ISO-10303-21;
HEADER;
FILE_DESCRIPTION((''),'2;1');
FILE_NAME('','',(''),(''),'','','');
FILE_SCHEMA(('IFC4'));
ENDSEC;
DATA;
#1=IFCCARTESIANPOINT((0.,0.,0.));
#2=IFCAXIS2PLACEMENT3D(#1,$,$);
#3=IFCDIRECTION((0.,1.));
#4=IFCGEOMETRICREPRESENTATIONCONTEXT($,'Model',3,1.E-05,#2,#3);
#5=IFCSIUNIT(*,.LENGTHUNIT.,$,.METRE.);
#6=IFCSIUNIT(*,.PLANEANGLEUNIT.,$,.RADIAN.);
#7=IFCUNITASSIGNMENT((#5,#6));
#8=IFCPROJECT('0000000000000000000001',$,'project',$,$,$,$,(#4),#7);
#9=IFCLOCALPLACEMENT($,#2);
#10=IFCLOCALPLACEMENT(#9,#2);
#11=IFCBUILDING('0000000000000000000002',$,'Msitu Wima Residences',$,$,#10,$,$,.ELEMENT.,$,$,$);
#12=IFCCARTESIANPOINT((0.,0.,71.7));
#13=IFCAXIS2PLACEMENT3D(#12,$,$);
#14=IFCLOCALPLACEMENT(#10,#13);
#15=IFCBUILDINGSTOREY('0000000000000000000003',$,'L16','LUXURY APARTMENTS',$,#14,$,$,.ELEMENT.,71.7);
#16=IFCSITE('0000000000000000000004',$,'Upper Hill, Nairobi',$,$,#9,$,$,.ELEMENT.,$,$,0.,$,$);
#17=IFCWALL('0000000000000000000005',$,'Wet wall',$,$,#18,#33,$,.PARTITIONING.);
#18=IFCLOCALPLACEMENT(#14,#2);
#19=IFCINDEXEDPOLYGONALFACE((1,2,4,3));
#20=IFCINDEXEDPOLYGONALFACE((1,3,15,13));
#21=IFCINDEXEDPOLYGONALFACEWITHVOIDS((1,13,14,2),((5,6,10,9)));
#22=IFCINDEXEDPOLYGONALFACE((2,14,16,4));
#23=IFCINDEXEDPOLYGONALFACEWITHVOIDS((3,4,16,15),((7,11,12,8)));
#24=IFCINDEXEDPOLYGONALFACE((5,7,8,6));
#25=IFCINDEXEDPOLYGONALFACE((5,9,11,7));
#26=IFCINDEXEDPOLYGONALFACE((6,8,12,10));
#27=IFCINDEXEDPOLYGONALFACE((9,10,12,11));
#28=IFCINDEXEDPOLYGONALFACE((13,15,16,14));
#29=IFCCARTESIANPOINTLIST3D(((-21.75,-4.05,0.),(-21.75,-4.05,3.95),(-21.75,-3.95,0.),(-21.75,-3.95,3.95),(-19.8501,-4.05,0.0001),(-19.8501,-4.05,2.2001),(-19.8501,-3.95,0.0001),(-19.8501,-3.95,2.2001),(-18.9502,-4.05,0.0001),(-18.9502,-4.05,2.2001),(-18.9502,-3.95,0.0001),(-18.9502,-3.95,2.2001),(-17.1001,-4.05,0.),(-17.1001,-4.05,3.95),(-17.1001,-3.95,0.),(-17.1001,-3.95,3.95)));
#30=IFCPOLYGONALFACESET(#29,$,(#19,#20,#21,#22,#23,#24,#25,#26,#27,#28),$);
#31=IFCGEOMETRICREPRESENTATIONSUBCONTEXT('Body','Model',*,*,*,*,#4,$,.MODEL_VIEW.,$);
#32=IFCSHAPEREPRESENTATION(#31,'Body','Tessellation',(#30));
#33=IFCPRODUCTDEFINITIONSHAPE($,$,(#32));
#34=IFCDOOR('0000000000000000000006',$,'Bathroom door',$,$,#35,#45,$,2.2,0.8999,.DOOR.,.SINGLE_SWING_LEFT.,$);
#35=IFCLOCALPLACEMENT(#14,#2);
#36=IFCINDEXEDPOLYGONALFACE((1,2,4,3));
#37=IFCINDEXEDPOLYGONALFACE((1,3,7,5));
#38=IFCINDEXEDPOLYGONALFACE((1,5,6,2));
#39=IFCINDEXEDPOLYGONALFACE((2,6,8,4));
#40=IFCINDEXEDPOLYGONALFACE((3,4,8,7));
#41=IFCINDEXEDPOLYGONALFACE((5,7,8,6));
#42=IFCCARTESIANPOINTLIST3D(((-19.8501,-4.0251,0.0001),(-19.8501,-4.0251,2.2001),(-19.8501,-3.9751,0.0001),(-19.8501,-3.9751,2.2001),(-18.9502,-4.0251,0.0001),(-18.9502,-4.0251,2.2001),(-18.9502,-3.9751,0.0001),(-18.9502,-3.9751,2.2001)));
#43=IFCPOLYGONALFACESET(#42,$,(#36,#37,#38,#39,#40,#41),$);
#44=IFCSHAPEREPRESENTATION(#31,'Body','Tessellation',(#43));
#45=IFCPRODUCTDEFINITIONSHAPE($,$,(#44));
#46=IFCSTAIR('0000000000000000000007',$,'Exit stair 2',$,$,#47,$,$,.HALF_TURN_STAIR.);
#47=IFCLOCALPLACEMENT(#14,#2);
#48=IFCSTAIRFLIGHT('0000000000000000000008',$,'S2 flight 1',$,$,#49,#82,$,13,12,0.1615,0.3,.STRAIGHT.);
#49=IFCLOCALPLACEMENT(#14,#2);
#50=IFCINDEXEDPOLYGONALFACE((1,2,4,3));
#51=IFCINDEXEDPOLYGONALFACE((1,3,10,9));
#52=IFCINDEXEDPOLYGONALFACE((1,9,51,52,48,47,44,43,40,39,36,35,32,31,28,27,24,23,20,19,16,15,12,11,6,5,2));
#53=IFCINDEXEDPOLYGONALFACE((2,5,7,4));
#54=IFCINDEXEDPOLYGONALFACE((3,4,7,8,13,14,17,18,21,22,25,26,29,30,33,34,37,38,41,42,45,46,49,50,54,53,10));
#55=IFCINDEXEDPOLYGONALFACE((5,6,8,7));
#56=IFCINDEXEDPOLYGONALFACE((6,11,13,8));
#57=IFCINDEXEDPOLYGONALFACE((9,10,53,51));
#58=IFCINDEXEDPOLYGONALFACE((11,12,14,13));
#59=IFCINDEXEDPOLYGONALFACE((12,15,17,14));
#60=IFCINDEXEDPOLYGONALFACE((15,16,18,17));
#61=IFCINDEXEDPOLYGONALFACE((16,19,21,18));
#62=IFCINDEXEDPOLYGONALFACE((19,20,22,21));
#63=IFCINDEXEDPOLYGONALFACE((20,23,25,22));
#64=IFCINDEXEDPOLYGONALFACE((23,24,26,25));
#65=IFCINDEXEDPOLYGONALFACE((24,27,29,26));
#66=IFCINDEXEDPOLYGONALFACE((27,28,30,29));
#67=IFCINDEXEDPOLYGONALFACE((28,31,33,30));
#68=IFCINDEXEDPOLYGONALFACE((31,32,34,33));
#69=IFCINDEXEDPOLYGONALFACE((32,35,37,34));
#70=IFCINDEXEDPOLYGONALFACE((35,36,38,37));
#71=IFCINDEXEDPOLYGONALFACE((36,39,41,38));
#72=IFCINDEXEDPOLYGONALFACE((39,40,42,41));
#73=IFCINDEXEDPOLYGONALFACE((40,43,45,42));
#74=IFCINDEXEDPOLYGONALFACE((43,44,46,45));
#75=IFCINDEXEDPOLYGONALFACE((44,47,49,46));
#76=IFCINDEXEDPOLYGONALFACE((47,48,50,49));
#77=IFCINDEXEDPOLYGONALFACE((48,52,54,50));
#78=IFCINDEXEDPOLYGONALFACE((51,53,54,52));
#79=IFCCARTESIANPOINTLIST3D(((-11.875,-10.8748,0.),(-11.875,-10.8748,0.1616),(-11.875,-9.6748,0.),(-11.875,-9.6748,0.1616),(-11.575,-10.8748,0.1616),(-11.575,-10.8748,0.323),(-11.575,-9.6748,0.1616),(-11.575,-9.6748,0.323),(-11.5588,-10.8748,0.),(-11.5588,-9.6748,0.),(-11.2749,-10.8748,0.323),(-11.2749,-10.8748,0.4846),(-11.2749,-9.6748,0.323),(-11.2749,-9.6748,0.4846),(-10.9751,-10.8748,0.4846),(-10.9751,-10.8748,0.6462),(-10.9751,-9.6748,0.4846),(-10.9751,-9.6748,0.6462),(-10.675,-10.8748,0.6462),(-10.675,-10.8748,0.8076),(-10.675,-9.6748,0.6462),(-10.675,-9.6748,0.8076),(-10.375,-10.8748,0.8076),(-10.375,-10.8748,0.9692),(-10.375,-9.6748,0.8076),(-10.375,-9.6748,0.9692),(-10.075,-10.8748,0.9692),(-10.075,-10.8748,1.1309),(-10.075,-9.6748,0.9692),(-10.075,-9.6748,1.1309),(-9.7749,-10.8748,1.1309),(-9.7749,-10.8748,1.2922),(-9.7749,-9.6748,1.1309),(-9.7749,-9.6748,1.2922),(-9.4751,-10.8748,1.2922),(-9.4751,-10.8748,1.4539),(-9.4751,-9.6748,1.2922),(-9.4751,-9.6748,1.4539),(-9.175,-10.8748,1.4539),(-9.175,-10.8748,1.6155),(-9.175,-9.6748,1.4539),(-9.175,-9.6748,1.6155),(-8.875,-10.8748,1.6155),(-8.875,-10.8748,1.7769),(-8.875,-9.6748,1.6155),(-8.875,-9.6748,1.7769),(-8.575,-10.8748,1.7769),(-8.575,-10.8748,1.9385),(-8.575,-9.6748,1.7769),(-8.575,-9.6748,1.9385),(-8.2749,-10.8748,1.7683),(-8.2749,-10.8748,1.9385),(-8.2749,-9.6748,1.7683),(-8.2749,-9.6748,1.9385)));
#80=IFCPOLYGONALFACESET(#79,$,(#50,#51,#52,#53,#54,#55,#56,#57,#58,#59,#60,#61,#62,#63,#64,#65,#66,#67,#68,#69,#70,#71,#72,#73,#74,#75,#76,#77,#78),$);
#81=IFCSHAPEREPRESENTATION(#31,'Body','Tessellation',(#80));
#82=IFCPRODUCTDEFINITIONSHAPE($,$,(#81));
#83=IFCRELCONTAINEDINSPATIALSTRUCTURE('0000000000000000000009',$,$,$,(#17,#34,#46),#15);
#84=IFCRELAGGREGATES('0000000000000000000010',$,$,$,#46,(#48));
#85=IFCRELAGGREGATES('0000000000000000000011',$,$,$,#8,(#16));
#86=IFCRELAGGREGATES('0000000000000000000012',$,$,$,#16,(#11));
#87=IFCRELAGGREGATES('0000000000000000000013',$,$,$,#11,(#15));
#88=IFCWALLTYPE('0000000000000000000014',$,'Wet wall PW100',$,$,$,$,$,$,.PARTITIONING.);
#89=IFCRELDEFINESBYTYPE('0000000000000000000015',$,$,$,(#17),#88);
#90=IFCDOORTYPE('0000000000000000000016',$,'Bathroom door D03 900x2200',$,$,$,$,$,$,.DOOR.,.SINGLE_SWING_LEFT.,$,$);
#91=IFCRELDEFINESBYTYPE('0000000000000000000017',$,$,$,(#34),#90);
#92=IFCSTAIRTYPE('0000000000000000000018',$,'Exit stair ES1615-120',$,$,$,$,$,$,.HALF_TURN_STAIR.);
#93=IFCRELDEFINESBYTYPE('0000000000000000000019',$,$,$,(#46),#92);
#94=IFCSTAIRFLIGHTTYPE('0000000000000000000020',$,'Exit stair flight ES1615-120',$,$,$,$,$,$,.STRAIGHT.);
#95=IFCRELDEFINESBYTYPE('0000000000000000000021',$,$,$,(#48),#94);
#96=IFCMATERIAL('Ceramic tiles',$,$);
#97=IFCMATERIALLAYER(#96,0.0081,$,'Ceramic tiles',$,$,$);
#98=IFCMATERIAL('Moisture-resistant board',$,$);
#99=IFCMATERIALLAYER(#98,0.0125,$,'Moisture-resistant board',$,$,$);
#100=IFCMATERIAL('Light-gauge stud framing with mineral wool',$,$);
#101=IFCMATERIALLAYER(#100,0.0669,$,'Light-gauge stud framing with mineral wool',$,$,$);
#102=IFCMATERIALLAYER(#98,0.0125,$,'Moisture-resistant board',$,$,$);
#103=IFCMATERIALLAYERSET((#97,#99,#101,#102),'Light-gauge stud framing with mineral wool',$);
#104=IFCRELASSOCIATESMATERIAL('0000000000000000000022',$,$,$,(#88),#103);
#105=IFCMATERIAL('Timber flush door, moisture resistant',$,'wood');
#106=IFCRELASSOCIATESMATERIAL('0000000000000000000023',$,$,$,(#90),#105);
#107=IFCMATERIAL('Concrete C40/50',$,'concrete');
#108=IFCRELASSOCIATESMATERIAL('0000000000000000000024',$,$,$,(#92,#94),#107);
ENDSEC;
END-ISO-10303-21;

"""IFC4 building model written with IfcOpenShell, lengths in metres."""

from ifc_helpers import new_model, si_unit, direction, frame, frame_2d, origin, place, context, subcontext, project, spatial, polyline, rectangle, outline, extrude, material, layer, layer_set, type_object, element, fill, aggregate, save


model = new_model("IFC4")

# Units and contexts
model_context = context("Model", 3, precision=1e-05, world=origin(), true_north=direction((0.0, 1.0)))
body_context = subcontext(model_context, "Body", "Model", "MODEL_VIEW")
ifc_project = project(units=[si_unit("LENGTHUNIT", "METRE"), si_unit("PLANEANGLEUNIT", "RADIAN")], contexts=[model_context])

# Site, building, storey
site_placement = place(None, origin())
site = spatial("IfcSite", under=ifc_project, at=site_placement, Name="Upper Hill, Nairobi", CompositionType="ELEMENT", RefElevation=0.0)
building_placement = place(site_placement, origin())
building = spatial("IfcBuilding", under=site, at=building_placement, Name="Msitu Wima Residences", CompositionType="ELEMENT")
storey_placement = place(building_placement, frame((0.0, 0.0, 71.7)))
storey = spatial("IfcBuildingStorey", under=building, at=storey_placement, Name="L16", Description="LUXURY APARTMENTS", CompositionType="ELEMENT", Elevation=71.7)

# Shared definitions
ifc_material_1 = material(Name="Light-gauge stud framing with mineral wool")

# Shared definitions
ifc_material_2 = material(Name="Ceramic tiles")
ifc_layer_1 = layer(ifc_material_2, 0.0081, Name="Ceramic tiles")
ifc_material_3 = material(Name="Moisture-resistant board")
ifc_layer_2 = layer(ifc_material_3, 0.0125, Name="Moisture-resistant board")
ifc_layer_3 = layer(ifc_material_1, 0.0669, Name="Light-gauge stud framing with mineral wool")
ifc_layer_4 = layer(ifc_material_3, 0.0125, Name="Moisture-resistant board")
ifc_layer_set_1 = layer_set([ifc_layer_1, ifc_layer_2, ifc_layer_3, ifc_layer_4], Name="Light-gauge stud framing with mineral wool")
wall_type_1 = type_object("IfcWallType", Name="Wet wall PW100", PredefinedType="PARTITIONING", material=ifc_layer_set_1)

# Wall, opening, door
wall_1_placement = place(storey_placement, frame((-21.75, -4.0, 0.0), z_axis=(0.0, 0.0, 1.0), x_axis=(1.0, 0.0, 0.0)))
wall_1 = element("IfcWall", 1, at=wall_1_placement, inside=storey, type_object=wall_type_1, Name="Wet wall", PredefinedType="PARTITIONING", context=body_context, shape_type="SweptSolid", body=[
    extrude(rectangle(XDim=4.6499, YDim=0.1001, at=frame_2d((2.325, 0.0))), origin(), (0.0, 0.0, 1.0), 3.95),
])
opening_1_placement = place(wall_1_placement, frame((1.8999, 0.0, 0.0)))
opening_1 = element("IfcOpeningElement", 2, at=opening_1_placement, cuts=wall_1, PredefinedType="OPENING", context=body_context, shape_type="SweptSolid", body=[
    extrude(rectangle(XDim=0.8999, YDim=2.2, at=frame_2d((0.45, 1.1001))), frame((0.0, 0.0601, 0.0), z_axis=(0.0, -1.0, 0.0), x_axis=(1.0, 0.0, 0.0)), (0.0, 0.0, 1.0), 0.1201),
])
ifc_material_4 = material(Name="Timber flush door, moisture resistant", Category="wood")
door_type_1 = type_object("IfcDoorType", Name="Bathroom door D03 900x2200", OperationType="SINGLE_SWING_LEFT", PredefinedType="DOOR", material=ifc_material_4)
door_1_placement = place(opening_1_placement, origin())
door_1 = element("IfcDoor", 3, at=door_1_placement, inside=storey, type_object=door_type_1, Name="Bathroom door", OperationType="SINGLE_SWING_LEFT", OverallHeight=2.2, OverallWidth=0.8999, PredefinedType="DOOR", context=body_context, shape_type="SweptSolid", body=[
    extrude(rectangle(XDim=0.8999, YDim=2.2, at=frame_2d((0.45, 1.1001))), frame((0.0, 0.0249, 0.0), z_axis=(0.0, -1.0, 0.0), x_axis=(1.0, 0.0, 0.0)), (0.0, 0.0, 1.0), 0.05),
])
fill(opening_1, door_1)

# Stair, stair flight
ifc_material_5 = material(Name="Concrete C40/50", Category="concrete")
stair_type = type_object("IfcStairType", Name="Exit stair ES1615-120", PredefinedType="HALF_TURN_STAIR", material=ifc_material_5)
stair_placement = place(storey_placement, origin())
stair = element("IfcStair", 4, at=stair_placement, inside=storey, type_object=stair_type, Name="Exit stair 2", PredefinedType="HALF_TURN_STAIR")
stair_flight_type = type_object("IfcStairFlightType", Name="Exit stair flight ES1615-120", PredefinedType="STRAIGHT", material=ifc_material_5)
stair_flight_placement = place(storey_placement, frame((-11.875, -10.2749, 0.0), z_axis=(0.0, 0.0, 1.0), x_axis=(1.0, 0.0, 0.0)))
stair_flight = element("IfcStairFlight", 5, at=stair_flight_placement, type_object=stair_flight_type, Name="S2 flight 1", NumberOfRisers=13, NumberOfTreads=12, PredefinedType="STRAIGHT", RiserHeight=0.1615, TreadLength=0.3, context=body_context, shape_type="SweptSolid", body=[
    extrude(outline(polyline([(0.0, 0.0), (0.0, 0.1616), (0.3, 0.1616), (0.3, 0.323), (0.6001, 0.323), (0.6001, 0.4846), (0.8999, 0.4846), (0.8999, 0.6462), (1.2, 0.6462), (1.2, 0.8076), (1.5, 0.8076), (1.5, 0.9692), (1.8, 0.9692), (1.8, 1.1309), (2.1001, 1.1309), (2.1001, 1.2922), (2.3999, 1.2922), (2.3999, 1.4539), (2.7, 1.4539), (2.7, 1.6155), (3.0, 1.6155), (3.0, 1.7769), (3.3, 1.7769), (3.3, 1.9385), (3.6001, 1.9385), (3.6001, 2.1001), (3.6001, 1.7683), (0.3162, 0.0), (0.0, 0.0)])), frame((0.0, 0.6001, 0.0), z_axis=(0.0, -1.0, 0.0), x_axis=(1.0, 0.0, 0.0)), (0.0, 0.0, 1.0), 1.2),
])
aggregate(stair, [stair_flight])

save(model, "model.ifc")
